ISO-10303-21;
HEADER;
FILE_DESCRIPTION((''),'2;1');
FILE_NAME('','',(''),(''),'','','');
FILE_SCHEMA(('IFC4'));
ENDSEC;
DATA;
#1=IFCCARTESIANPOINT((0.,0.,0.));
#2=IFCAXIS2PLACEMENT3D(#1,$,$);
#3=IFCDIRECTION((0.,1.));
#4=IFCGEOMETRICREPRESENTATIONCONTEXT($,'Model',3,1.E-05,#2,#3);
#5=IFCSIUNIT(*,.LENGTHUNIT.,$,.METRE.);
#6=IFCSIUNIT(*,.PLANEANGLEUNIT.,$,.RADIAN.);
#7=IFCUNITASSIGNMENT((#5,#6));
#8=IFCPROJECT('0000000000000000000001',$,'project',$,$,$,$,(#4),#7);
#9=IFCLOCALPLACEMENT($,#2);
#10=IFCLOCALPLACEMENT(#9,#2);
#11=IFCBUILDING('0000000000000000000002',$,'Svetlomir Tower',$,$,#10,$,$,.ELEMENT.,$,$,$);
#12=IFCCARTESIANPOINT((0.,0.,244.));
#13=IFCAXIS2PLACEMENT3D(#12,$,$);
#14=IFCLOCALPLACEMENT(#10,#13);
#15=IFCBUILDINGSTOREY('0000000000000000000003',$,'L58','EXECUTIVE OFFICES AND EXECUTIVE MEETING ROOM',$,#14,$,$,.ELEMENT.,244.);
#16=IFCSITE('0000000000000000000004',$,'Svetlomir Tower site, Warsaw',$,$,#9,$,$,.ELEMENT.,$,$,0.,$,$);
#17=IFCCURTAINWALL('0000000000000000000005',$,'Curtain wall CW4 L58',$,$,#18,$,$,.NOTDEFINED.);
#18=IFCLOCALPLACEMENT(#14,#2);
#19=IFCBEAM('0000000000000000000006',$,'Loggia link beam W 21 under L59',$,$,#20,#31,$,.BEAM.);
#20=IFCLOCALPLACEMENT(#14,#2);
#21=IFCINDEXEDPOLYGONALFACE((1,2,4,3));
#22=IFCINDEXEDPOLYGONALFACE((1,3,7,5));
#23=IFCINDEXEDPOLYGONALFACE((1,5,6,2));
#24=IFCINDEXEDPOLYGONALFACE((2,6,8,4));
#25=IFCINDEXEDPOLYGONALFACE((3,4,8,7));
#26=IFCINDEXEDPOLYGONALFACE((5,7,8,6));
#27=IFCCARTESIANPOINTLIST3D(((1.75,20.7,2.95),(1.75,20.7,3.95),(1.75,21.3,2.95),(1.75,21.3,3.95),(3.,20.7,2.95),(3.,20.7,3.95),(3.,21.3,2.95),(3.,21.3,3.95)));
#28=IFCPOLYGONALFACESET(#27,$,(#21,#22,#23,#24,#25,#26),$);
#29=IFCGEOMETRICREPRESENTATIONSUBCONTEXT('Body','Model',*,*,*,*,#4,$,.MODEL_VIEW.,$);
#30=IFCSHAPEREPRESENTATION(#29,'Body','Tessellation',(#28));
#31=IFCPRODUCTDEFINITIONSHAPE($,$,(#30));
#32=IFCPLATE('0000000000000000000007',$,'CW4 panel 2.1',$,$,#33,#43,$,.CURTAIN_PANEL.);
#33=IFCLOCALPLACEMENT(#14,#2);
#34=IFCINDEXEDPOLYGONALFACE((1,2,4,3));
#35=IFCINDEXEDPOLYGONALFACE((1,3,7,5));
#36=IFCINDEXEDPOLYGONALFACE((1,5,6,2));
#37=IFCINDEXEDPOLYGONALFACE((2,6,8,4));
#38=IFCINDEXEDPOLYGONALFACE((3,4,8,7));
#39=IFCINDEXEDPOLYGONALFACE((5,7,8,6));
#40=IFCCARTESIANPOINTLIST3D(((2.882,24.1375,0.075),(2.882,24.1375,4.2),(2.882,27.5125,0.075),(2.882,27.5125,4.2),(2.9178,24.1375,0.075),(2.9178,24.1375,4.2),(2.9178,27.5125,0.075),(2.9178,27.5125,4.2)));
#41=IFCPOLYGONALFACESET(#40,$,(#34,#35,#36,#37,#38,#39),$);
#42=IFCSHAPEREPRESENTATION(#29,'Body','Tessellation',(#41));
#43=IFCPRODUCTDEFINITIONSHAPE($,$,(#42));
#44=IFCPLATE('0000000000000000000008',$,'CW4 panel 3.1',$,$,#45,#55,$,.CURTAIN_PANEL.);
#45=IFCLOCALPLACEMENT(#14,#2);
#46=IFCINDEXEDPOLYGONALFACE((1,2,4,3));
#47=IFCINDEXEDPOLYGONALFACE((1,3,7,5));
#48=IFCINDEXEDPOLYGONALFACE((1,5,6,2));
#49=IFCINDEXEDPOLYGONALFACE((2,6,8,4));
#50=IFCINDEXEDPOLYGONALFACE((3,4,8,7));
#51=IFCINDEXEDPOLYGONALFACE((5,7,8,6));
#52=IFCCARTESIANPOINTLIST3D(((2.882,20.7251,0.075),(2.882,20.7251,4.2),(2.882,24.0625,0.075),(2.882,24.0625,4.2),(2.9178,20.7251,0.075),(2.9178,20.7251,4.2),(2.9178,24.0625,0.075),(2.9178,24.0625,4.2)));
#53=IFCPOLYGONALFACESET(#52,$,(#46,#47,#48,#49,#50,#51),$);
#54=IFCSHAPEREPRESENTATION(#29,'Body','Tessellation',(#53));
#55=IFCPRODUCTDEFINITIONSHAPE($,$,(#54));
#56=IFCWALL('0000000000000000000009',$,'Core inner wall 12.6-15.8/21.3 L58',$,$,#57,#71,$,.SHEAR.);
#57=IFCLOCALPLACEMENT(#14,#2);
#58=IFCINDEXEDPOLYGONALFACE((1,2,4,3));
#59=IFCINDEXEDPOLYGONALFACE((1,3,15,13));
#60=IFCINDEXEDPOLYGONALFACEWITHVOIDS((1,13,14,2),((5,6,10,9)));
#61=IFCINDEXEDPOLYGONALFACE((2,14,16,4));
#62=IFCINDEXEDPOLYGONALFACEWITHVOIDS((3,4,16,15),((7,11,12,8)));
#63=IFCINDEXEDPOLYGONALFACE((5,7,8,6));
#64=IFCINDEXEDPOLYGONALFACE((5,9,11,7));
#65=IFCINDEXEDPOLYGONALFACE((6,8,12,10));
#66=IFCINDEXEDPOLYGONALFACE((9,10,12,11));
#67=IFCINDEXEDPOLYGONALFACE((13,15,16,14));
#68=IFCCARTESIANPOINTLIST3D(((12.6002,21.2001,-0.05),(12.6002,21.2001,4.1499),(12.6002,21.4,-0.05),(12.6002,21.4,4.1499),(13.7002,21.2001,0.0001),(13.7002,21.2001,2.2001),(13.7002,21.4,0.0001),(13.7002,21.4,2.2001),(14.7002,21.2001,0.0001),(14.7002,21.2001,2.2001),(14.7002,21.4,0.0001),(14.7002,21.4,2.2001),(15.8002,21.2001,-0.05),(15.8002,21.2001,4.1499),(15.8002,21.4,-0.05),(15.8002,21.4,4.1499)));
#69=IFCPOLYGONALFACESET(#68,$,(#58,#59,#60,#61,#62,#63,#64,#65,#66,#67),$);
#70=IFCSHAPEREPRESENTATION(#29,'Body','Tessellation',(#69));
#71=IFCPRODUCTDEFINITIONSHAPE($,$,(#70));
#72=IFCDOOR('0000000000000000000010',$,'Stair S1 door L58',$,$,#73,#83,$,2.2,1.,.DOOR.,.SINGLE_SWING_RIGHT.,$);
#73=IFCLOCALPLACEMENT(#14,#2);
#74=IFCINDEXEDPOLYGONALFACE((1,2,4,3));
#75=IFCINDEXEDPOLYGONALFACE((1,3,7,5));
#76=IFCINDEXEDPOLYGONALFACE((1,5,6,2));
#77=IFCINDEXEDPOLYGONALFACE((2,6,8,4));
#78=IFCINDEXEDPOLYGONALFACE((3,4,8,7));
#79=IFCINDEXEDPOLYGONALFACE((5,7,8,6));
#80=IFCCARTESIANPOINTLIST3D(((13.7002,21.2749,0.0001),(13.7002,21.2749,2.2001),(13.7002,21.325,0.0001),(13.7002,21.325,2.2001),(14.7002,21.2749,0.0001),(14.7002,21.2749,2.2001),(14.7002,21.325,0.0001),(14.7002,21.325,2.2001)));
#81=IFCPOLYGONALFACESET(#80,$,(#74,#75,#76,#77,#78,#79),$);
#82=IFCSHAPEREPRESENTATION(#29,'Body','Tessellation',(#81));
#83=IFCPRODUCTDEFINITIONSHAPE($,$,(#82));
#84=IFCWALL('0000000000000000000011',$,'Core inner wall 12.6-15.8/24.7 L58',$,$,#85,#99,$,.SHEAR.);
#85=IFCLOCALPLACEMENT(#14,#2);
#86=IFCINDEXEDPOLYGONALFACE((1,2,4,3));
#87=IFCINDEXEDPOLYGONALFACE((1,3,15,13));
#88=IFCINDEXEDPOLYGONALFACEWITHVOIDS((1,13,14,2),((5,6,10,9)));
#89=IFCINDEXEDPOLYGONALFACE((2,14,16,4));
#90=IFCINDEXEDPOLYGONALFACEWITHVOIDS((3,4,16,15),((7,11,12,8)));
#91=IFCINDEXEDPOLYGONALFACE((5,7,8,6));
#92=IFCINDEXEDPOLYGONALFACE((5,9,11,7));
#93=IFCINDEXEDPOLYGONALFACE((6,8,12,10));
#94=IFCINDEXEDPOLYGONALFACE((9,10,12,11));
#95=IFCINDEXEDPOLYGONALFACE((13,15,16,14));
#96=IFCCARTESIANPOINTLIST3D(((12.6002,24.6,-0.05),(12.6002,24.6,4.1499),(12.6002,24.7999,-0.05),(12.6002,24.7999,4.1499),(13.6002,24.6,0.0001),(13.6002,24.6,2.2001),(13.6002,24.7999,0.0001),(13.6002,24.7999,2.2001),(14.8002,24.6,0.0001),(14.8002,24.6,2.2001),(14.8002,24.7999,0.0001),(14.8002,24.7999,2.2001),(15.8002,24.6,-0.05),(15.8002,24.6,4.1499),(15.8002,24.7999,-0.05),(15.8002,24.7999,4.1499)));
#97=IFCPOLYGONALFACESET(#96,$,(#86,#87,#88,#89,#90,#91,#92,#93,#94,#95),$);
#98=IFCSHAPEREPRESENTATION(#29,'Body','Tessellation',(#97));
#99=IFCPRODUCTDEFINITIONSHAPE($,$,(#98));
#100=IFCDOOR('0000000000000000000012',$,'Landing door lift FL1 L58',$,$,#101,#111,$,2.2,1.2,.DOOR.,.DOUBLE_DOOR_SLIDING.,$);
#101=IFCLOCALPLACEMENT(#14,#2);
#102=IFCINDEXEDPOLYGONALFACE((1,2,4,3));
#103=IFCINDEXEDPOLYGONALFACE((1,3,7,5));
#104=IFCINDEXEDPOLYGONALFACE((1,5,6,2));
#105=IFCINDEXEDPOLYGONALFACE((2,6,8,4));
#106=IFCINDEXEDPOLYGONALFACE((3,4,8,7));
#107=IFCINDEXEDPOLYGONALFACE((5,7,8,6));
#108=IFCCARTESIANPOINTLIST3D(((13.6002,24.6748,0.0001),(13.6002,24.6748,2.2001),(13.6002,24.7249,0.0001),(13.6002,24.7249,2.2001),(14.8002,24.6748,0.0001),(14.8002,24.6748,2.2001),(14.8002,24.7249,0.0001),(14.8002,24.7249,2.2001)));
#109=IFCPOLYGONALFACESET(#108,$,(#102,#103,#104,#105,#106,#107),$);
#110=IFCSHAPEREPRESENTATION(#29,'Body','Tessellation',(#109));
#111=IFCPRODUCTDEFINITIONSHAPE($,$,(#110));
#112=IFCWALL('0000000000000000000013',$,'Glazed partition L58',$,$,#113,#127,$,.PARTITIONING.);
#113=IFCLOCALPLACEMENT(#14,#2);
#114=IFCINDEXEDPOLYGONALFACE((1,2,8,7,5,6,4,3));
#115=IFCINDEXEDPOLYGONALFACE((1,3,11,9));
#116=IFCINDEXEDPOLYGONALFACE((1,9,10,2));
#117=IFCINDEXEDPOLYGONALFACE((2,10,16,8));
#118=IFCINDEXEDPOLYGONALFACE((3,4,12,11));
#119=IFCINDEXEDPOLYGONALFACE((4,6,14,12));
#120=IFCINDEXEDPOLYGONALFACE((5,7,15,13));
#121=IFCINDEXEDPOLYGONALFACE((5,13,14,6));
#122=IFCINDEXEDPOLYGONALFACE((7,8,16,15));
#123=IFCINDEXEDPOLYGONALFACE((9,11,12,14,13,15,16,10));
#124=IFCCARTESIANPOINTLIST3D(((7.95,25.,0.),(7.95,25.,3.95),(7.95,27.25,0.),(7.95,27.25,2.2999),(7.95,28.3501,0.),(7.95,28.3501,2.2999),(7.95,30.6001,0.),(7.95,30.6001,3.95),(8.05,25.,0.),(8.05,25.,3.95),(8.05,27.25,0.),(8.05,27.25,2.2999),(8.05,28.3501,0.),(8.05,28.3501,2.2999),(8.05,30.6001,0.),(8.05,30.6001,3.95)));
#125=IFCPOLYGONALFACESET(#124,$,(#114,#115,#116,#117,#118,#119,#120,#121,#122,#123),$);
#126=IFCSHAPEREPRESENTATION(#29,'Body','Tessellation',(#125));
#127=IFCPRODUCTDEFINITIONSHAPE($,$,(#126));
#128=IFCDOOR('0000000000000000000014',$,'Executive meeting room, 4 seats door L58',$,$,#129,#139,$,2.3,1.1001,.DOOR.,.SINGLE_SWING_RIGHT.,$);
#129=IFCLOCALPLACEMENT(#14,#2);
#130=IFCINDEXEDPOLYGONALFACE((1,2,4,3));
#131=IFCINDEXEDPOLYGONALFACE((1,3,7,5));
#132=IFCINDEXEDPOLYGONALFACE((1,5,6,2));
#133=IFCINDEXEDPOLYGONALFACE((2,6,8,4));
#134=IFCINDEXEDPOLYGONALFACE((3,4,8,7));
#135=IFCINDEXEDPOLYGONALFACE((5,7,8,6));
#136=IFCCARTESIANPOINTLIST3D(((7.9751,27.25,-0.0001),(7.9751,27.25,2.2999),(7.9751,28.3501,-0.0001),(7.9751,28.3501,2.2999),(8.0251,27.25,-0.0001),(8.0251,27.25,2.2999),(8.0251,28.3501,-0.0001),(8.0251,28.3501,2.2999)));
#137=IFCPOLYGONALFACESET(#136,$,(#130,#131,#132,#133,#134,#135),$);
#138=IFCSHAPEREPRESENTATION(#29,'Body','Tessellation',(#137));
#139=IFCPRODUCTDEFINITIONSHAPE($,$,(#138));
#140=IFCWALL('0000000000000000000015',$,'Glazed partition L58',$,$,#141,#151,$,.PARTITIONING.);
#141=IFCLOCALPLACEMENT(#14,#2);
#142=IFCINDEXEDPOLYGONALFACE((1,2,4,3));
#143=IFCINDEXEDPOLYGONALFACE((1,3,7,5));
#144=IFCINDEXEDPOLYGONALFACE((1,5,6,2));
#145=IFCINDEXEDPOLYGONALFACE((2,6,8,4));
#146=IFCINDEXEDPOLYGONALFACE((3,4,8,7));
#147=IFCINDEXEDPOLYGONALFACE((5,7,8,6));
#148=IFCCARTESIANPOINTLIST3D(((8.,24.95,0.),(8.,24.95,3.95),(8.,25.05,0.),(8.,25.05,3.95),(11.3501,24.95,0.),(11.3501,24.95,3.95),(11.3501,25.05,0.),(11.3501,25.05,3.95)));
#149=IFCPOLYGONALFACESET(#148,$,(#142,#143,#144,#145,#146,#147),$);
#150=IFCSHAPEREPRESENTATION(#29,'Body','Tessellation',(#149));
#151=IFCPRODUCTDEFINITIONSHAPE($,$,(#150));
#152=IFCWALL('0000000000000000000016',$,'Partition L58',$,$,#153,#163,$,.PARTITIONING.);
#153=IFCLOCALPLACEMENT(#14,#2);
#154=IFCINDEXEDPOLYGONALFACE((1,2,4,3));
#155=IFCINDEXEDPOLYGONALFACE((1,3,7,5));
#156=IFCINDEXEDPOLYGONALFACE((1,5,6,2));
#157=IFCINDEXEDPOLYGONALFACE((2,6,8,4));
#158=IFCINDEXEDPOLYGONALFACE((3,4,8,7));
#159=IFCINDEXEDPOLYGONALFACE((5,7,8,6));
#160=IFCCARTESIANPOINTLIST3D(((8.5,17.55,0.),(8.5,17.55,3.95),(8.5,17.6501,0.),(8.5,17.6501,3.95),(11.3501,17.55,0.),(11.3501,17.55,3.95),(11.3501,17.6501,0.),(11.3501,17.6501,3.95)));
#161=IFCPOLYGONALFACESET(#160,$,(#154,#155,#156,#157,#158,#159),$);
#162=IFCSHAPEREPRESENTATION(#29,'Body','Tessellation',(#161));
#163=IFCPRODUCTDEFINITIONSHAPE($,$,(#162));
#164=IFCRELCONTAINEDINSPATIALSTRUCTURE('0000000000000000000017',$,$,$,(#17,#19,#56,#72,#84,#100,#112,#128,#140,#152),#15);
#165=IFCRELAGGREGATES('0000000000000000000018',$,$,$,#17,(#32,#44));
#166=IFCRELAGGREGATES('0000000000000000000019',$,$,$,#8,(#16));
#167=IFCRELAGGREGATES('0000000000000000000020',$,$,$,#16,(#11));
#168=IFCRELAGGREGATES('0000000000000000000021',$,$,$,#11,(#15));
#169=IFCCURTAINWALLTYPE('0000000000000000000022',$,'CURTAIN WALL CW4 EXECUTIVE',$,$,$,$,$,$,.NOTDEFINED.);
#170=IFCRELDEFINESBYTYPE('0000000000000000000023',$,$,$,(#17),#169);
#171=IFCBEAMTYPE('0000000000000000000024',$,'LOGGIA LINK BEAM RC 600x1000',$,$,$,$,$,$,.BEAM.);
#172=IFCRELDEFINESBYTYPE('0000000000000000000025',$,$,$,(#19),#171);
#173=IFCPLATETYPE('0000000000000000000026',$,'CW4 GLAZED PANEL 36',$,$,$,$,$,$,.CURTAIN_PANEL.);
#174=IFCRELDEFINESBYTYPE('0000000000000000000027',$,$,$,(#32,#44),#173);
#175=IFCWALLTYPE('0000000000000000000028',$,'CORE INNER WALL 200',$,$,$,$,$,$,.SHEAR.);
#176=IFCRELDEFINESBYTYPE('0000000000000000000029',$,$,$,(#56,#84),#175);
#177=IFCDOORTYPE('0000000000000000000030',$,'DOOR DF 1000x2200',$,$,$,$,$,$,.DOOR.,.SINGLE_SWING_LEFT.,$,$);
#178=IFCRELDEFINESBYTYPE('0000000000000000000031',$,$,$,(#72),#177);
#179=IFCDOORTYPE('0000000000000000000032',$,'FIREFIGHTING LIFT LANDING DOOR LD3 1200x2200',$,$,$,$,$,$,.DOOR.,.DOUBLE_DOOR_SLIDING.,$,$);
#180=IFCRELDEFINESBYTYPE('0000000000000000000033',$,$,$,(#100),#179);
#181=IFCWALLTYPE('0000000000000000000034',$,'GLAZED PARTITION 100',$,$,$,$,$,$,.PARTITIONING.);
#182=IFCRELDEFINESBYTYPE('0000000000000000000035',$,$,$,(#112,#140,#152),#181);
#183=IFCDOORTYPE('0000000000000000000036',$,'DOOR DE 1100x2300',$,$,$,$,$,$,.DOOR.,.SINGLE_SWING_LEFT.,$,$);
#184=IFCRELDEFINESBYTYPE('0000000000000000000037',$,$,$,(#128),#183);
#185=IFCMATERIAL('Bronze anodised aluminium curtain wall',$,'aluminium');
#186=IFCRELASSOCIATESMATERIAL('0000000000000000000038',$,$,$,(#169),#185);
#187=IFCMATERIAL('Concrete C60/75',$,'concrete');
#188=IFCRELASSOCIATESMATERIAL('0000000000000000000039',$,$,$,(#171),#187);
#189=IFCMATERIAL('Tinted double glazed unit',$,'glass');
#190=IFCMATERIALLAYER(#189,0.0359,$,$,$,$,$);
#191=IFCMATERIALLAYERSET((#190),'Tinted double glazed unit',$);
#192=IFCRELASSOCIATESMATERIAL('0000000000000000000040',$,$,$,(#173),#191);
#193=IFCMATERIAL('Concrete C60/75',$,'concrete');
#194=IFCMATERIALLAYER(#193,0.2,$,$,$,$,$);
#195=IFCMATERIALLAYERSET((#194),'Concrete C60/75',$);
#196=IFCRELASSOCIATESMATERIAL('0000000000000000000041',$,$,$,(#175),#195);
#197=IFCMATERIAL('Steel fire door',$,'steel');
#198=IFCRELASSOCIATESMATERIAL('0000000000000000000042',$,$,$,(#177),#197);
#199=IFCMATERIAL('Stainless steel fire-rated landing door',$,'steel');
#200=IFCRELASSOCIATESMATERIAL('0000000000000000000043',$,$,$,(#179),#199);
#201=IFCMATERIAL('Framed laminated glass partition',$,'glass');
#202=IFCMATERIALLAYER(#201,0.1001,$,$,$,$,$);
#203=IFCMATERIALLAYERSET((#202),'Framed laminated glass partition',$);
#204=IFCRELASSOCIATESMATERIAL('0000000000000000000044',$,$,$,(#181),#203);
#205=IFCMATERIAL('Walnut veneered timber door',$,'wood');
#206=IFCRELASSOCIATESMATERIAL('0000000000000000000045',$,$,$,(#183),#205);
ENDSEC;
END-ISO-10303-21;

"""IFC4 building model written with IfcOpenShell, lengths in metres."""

from ifc_helpers import new_model, si_unit, direction, frame, frame_2d, origin, origin_2d, place, context, subcontext, project, spatial, rectangle, extrude, material, layer, layer_set, material_profile, profile_set, type_object, element, fill, aggregate, save


model = new_model("IFC4")

# Units and contexts
model_context = context("Model", 3, precision=1e-05, world=origin(), true_north=direction((0.0, 1.0)))
body_context = subcontext(model_context, "Body", "Model", "MODEL_VIEW")
ifc_project = project(units=[si_unit("LENGTHUNIT", "METRE"), si_unit("PLANEANGLEUNIT", "RADIAN")], contexts=[model_context])

# Site, building, storey
site_placement = place(None, origin())
site = spatial("IfcSite", under=ifc_project, at=site_placement, Name="Svetlomir Tower site, Warsaw", CompositionType="ELEMENT", RefElevation=0.0)
building_placement = place(site_placement, origin())
building = spatial("IfcBuilding", under=site, at=building_placement, Name="Svetlomir Tower", CompositionType="ELEMENT")
storey_placement = place(building_placement, frame((0.0, 0.0, 244.0)))
storey = spatial("IfcBuildingStorey", under=building, at=storey_placement, Name="L58", Description="EXECUTIVE OFFICES AND EXECUTIVE MEETING ROOM", CompositionType="ELEMENT", Elevation=244.0)

# Curtain wall
ifc_material_1 = material(Name="Bronze anodised aluminium curtain wall", Category="aluminium")
curtain_wall_type = type_object("IfcCurtainWallType", Name="CURTAIN WALL CW4 EXECUTIVE", PredefinedType="NOTDEFINED", material=ifc_material_1)
curtain_wall_1_placement = place(storey_placement, origin())
curtain_wall_1 = element("IfcCurtainWall", 1, at=curtain_wall_1_placement, inside=storey, type_object=curtain_wall_type, Name="Curtain wall CW4 L58", PredefinedType="NOTDEFINED")

# Beam
ifc_material_2 = material(Name="Concrete C60/75", Category="concrete")
ifc_material_profile_1 = material_profile(ifc_material_2, rectangle(XDim=0.6001, YDim=1.0, at=origin_2d()), Name="RC 600x1000")
ifc_profile_set_1 = profile_set([ifc_material_profile_1], Name="Concrete C60/75")
beam_type_1 = type_object("IfcBeamType", Name="LOGGIA LINK BEAM RC 600x1000", PredefinedType="BEAM", material=ifc_profile_set_1)
beam_1_placement = place(storey_placement, frame((1.75, 21.0, 3.45), z_axis=(1.0, 0.0, 0.0), x_axis=(0.0, 1.0, 0.0)))
element("IfcBeam", 2, at=beam_1_placement, inside=storey, type_object=beam_type_1, Name="Loggia link beam W 21 under L59", PredefinedType="BEAM", context=body_context, shape_type="SweptSolid", body=[
    extrude(rectangle(XDim=0.6001, YDim=1.0, at=origin_2d()), origin(), (0.0, 0.0, 1.0), 1.25),
])

# Plates
ifc_material_3 = material(Name="Tinted double glazed unit", Category="glass")
ifc_layer_1 = layer(ifc_material_3, 0.0359)
ifc_layer_set_1 = layer_set([ifc_layer_1], Name="Tinted double glazed unit")
plate_type = type_object("IfcPlateType", Name="CW4 GLAZED PANEL 36", PredefinedType="CURTAIN_PANEL", material=ifc_layer_set_1)
plate_1_placement = place(storey_placement, frame((2.8999, 25.825, 0.075), z_axis=(0.0, 0.0, 1.0), x_axis=(0.0, -1.0, 0.0)))
plate_1 = element("IfcPlate", 3, at=plate_1_placement, type_object=plate_type, Name="CW4 panel 2.1", PredefinedType="CURTAIN_PANEL", context=body_context, shape_type="SweptSolid", body=[
    extrude(rectangle(XDim=3.375, YDim=0.0359, at=origin_2d()), origin(), (0.0, 0.0, 1.0), 4.125),
])
plate_2_placement = place(storey_placement, frame((2.8999, 22.3938, 0.075), z_axis=(0.0, 0.0, 1.0), x_axis=(0.0, -1.0, 0.0)))
plate_2 = element("IfcPlate", 4, at=plate_2_placement, type_object=plate_type, Name="CW4 panel 3.1", PredefinedType="CURTAIN_PANEL", context=body_context, shape_type="SweptSolid", body=[
    extrude(rectangle(XDim=3.3374, YDim=0.0359, at=origin_2d()), origin(), (0.0, 0.0, 1.0), 4.125),
])
aggregate(curtain_wall_1, [plate_1, plate_2])

# Walls, openings, doors
ifc_material_4 = material(Name="Concrete C60/75", Category="concrete")
ifc_layer_2 = layer(ifc_material_4, 0.2)
ifc_layer_set_2 = layer_set([ifc_layer_2], Name="Concrete C60/75")
wall_type_1 = type_object("IfcWallType", Name="CORE INNER WALL 200", PredefinedType="SHEAR", material=ifc_layer_set_2)
wall_1_placement = place(storey_placement, frame((12.6001, 21.3, -0.05), z_axis=(0.0, 0.0, 1.0), x_axis=(1.0, 0.0, 0.0)))
wall_1 = element("IfcWall", 5, at=wall_1_placement, inside=storey, type_object=wall_type_1, Name="Core inner wall 12.6-15.8/21.3 L58", PredefinedType="SHEAR", context=body_context, shape_type="SweptSolid", body=[
    extrude(rectangle(XDim=3.2, YDim=0.2, at=frame_2d((1.6001, 0.0))), origin(), (0.0, 0.0, 1.0), 4.2),
])
opening_1_placement = place(wall_1_placement, frame((1.1001, 0.0, 0.05)))
opening_1 = element("IfcOpeningElement", 6, at=opening_1_placement, cuts=wall_1, PredefinedType="OPENING", context=body_context, shape_type="SweptSolid", body=[
    extrude(rectangle(XDim=1.0, YDim=2.2, at=frame_2d((0.5, 1.1001))), frame((0.0, 0.1099, 0.0), z_axis=(0.0, -1.0, 0.0), x_axis=(1.0, 0.0, 0.0)), (0.0, 0.0, 1.0), 0.22),
])
ifc_material_5 = material(Name="Steel fire door", Category="steel")
door_type_1 = type_object("IfcDoorType", Name="DOOR DF 1000x2200", OperationType="SINGLE_SWING_LEFT", PredefinedType="DOOR", material=ifc_material_5)
door_1_placement = place(opening_1_placement, origin())
door_1 = element("IfcDoor", 7, at=door_1_placement, inside=storey, type_object=door_type_1, Name="Stair S1 door L58", OperationType="SINGLE_SWING_RIGHT", OverallHeight=2.2, OverallWidth=1.0, PredefinedType="DOOR", context=body_context, shape_type="SweptSolid", body=[
    extrude(rectangle(XDim=1.0, YDim=2.2, at=frame_2d((0.5, 1.1001))), frame((0.0, 0.0249, 0.0), z_axis=(0.0, -1.0, 0.0), x_axis=(1.0, 0.0, 0.0)), (0.0, 0.0, 1.0), 0.05),
])
fill(opening_1, door_1)
wall_2_placement = place(storey_placement, frame((12.6001, 24.7, -0.05), z_axis=(0.0, 0.0, 1.0), x_axis=(1.0, 0.0, 0.0)))
wall_2 = element("IfcWall", 8, at=wall_2_placement, inside=storey, type_object=wall_type_1, Name="Core inner wall 12.6-15.8/24.7 L58", PredefinedType="SHEAR", context=body_context, shape_type="SweptSolid", body=[
    extrude(rectangle(XDim=3.2, YDim=0.2, at=frame_2d((1.6001, 0.0))), origin(), (0.0, 0.0, 1.0), 4.2),
])
opening_2_placement = place(wall_2_placement, frame((1.0, 0.0, 0.05)))
opening_2 = element("IfcOpeningElement", 9, at=opening_2_placement, cuts=wall_2, PredefinedType="OPENING", context=body_context, shape_type="SweptSolid", body=[
    extrude(rectangle(XDim=1.2, YDim=2.2, at=frame_2d((0.6001, 1.1001))), frame((0.0, 0.1099, 0.0), z_axis=(0.0, -1.0, 0.0), x_axis=(1.0, 0.0, 0.0)), (0.0, 0.0, 1.0), 0.22),
])
ifc_material_6 = material(Name="Stainless steel fire-rated landing door", Category="steel")
door_type_2 = type_object("IfcDoorType", Name="FIREFIGHTING LIFT LANDING DOOR LD3 1200x2200", OperationType="DOUBLE_DOOR_SLIDING", PredefinedType="DOOR", material=ifc_material_6)
door_2_placement = place(opening_2_placement, origin())
door_2 = element("IfcDoor", 10, at=door_2_placement, inside=storey, type_object=door_type_2, Name="Landing door lift FL1 L58", OperationType="DOUBLE_DOOR_SLIDING", OverallHeight=2.2, OverallWidth=1.2, PredefinedType="DOOR", context=body_context, shape_type="SweptSolid", body=[
    extrude(rectangle(XDim=1.2, YDim=2.2, at=frame_2d((0.6001, 1.1001))), frame((0.0, 0.0249, 0.0), z_axis=(0.0, -1.0, 0.0), x_axis=(1.0, 0.0, 0.0)), (0.0, 0.0, 1.0), 0.05),
])
fill(opening_2, door_2)
ifc_material_7 = material(Name="Framed laminated glass partition", Category="glass")
ifc_layer_3 = layer(ifc_material_7, 0.1001)
ifc_layer_set_3 = layer_set([ifc_layer_3], Name="Framed laminated glass partition")
wall_type_2 = type_object("IfcWallType", Name="GLAZED PARTITION 100", PredefinedType="PARTITIONING", material=ifc_layer_set_3)
wall_3_placement = place(storey_placement, frame((8.0, 25.0, 0.0), z_axis=(0.0, 0.0, 1.0), x_axis=(0.0, 1.0, 0.0)))
wall_3 = element("IfcWall", 11, at=wall_3_placement, inside=storey, type_object=wall_type_2, Name="Glazed partition L58", PredefinedType="PARTITIONING", context=body_context, shape_type="SweptSolid", body=[
    extrude(rectangle(XDim=5.6001, YDim=0.1001, at=frame_2d((2.8, 0.0))), origin(), (0.0, 0.0, 1.0), 3.95),
])
opening_3_placement = place(wall_3_placement, frame((2.25, 0.0, 0.0)))
opening_3 = element("IfcOpeningElement", 12, at=opening_3_placement, cuts=wall_3, PredefinedType="OPENING", context=body_context, shape_type="SweptSolid", body=[
    extrude(rectangle(XDim=1.1001, YDim=2.3, at=frame_2d((0.55, 1.1499))), frame((0.0, 0.0601, 0.0), z_axis=(0.0, -1.0, 0.0), x_axis=(1.0, 0.0, 0.0)), (0.0, 0.0, 1.0), 0.1201),
])
ifc_material_8 = material(Name="Walnut veneered timber door", Category="wood")
door_type_3 = type_object("IfcDoorType", Name="DOOR DE 1100x2300", OperationType="SINGLE_SWING_LEFT", PredefinedType="DOOR", material=ifc_material_8)
door_3_placement = place(opening_3_placement, origin())
door_3 = element("IfcDoor", 13, at=door_3_placement, inside=storey, type_object=door_type_3, Name="Executive meeting room, 4 seats door L58", OperationType="SINGLE_SWING_RIGHT", OverallHeight=2.3, OverallWidth=1.1001, PredefinedType="DOOR", context=body_context, shape_type="SweptSolid", body=[
    extrude(rectangle(XDim=1.1001, YDim=2.3, at=frame_2d((0.55, 1.1499))), frame((0.0, 0.0249, 0.0), z_axis=(0.0, -1.0, 0.0), x_axis=(1.0, 0.0, 0.0)), (0.0, 0.0, 1.0), 0.05),
])
fill(opening_3, door_3)

# Walls
wall_4_placement = place(storey_placement, frame((8.0, 25.0, 0.0), z_axis=(0.0, 0.0, 1.0), x_axis=(1.0, 0.0, 0.0)))
element("IfcWall", 14, at=wall_4_placement, inside=storey, type_object=wall_type_2, Name="Glazed partition L58", PredefinedType="PARTITIONING", context=body_context, shape_type="SweptSolid", body=[
    extrude(rectangle(XDim=3.3501, YDim=0.1001, at=frame_2d((1.675, 0.0))), origin(), (0.0, 0.0, 1.0), 3.95),
])
wall_5_placement = place(storey_placement, frame((8.5, 17.6001, 0.0), z_axis=(0.0, 0.0, 1.0), x_axis=(1.0, 0.0, 0.0)))
element("IfcWall", 15, at=wall_5_placement, inside=storey, type_object=wall_type_2, Name="Partition L58", PredefinedType="PARTITIONING", context=body_context, shape_type="SweptSolid", body=[
    extrude(rectangle(XDim=2.8501, YDim=0.1001, at=frame_2d((1.425, 0.0))), origin(), (0.0, 0.0, 1.0), 3.95),
])

save(model, "model.ifc")
